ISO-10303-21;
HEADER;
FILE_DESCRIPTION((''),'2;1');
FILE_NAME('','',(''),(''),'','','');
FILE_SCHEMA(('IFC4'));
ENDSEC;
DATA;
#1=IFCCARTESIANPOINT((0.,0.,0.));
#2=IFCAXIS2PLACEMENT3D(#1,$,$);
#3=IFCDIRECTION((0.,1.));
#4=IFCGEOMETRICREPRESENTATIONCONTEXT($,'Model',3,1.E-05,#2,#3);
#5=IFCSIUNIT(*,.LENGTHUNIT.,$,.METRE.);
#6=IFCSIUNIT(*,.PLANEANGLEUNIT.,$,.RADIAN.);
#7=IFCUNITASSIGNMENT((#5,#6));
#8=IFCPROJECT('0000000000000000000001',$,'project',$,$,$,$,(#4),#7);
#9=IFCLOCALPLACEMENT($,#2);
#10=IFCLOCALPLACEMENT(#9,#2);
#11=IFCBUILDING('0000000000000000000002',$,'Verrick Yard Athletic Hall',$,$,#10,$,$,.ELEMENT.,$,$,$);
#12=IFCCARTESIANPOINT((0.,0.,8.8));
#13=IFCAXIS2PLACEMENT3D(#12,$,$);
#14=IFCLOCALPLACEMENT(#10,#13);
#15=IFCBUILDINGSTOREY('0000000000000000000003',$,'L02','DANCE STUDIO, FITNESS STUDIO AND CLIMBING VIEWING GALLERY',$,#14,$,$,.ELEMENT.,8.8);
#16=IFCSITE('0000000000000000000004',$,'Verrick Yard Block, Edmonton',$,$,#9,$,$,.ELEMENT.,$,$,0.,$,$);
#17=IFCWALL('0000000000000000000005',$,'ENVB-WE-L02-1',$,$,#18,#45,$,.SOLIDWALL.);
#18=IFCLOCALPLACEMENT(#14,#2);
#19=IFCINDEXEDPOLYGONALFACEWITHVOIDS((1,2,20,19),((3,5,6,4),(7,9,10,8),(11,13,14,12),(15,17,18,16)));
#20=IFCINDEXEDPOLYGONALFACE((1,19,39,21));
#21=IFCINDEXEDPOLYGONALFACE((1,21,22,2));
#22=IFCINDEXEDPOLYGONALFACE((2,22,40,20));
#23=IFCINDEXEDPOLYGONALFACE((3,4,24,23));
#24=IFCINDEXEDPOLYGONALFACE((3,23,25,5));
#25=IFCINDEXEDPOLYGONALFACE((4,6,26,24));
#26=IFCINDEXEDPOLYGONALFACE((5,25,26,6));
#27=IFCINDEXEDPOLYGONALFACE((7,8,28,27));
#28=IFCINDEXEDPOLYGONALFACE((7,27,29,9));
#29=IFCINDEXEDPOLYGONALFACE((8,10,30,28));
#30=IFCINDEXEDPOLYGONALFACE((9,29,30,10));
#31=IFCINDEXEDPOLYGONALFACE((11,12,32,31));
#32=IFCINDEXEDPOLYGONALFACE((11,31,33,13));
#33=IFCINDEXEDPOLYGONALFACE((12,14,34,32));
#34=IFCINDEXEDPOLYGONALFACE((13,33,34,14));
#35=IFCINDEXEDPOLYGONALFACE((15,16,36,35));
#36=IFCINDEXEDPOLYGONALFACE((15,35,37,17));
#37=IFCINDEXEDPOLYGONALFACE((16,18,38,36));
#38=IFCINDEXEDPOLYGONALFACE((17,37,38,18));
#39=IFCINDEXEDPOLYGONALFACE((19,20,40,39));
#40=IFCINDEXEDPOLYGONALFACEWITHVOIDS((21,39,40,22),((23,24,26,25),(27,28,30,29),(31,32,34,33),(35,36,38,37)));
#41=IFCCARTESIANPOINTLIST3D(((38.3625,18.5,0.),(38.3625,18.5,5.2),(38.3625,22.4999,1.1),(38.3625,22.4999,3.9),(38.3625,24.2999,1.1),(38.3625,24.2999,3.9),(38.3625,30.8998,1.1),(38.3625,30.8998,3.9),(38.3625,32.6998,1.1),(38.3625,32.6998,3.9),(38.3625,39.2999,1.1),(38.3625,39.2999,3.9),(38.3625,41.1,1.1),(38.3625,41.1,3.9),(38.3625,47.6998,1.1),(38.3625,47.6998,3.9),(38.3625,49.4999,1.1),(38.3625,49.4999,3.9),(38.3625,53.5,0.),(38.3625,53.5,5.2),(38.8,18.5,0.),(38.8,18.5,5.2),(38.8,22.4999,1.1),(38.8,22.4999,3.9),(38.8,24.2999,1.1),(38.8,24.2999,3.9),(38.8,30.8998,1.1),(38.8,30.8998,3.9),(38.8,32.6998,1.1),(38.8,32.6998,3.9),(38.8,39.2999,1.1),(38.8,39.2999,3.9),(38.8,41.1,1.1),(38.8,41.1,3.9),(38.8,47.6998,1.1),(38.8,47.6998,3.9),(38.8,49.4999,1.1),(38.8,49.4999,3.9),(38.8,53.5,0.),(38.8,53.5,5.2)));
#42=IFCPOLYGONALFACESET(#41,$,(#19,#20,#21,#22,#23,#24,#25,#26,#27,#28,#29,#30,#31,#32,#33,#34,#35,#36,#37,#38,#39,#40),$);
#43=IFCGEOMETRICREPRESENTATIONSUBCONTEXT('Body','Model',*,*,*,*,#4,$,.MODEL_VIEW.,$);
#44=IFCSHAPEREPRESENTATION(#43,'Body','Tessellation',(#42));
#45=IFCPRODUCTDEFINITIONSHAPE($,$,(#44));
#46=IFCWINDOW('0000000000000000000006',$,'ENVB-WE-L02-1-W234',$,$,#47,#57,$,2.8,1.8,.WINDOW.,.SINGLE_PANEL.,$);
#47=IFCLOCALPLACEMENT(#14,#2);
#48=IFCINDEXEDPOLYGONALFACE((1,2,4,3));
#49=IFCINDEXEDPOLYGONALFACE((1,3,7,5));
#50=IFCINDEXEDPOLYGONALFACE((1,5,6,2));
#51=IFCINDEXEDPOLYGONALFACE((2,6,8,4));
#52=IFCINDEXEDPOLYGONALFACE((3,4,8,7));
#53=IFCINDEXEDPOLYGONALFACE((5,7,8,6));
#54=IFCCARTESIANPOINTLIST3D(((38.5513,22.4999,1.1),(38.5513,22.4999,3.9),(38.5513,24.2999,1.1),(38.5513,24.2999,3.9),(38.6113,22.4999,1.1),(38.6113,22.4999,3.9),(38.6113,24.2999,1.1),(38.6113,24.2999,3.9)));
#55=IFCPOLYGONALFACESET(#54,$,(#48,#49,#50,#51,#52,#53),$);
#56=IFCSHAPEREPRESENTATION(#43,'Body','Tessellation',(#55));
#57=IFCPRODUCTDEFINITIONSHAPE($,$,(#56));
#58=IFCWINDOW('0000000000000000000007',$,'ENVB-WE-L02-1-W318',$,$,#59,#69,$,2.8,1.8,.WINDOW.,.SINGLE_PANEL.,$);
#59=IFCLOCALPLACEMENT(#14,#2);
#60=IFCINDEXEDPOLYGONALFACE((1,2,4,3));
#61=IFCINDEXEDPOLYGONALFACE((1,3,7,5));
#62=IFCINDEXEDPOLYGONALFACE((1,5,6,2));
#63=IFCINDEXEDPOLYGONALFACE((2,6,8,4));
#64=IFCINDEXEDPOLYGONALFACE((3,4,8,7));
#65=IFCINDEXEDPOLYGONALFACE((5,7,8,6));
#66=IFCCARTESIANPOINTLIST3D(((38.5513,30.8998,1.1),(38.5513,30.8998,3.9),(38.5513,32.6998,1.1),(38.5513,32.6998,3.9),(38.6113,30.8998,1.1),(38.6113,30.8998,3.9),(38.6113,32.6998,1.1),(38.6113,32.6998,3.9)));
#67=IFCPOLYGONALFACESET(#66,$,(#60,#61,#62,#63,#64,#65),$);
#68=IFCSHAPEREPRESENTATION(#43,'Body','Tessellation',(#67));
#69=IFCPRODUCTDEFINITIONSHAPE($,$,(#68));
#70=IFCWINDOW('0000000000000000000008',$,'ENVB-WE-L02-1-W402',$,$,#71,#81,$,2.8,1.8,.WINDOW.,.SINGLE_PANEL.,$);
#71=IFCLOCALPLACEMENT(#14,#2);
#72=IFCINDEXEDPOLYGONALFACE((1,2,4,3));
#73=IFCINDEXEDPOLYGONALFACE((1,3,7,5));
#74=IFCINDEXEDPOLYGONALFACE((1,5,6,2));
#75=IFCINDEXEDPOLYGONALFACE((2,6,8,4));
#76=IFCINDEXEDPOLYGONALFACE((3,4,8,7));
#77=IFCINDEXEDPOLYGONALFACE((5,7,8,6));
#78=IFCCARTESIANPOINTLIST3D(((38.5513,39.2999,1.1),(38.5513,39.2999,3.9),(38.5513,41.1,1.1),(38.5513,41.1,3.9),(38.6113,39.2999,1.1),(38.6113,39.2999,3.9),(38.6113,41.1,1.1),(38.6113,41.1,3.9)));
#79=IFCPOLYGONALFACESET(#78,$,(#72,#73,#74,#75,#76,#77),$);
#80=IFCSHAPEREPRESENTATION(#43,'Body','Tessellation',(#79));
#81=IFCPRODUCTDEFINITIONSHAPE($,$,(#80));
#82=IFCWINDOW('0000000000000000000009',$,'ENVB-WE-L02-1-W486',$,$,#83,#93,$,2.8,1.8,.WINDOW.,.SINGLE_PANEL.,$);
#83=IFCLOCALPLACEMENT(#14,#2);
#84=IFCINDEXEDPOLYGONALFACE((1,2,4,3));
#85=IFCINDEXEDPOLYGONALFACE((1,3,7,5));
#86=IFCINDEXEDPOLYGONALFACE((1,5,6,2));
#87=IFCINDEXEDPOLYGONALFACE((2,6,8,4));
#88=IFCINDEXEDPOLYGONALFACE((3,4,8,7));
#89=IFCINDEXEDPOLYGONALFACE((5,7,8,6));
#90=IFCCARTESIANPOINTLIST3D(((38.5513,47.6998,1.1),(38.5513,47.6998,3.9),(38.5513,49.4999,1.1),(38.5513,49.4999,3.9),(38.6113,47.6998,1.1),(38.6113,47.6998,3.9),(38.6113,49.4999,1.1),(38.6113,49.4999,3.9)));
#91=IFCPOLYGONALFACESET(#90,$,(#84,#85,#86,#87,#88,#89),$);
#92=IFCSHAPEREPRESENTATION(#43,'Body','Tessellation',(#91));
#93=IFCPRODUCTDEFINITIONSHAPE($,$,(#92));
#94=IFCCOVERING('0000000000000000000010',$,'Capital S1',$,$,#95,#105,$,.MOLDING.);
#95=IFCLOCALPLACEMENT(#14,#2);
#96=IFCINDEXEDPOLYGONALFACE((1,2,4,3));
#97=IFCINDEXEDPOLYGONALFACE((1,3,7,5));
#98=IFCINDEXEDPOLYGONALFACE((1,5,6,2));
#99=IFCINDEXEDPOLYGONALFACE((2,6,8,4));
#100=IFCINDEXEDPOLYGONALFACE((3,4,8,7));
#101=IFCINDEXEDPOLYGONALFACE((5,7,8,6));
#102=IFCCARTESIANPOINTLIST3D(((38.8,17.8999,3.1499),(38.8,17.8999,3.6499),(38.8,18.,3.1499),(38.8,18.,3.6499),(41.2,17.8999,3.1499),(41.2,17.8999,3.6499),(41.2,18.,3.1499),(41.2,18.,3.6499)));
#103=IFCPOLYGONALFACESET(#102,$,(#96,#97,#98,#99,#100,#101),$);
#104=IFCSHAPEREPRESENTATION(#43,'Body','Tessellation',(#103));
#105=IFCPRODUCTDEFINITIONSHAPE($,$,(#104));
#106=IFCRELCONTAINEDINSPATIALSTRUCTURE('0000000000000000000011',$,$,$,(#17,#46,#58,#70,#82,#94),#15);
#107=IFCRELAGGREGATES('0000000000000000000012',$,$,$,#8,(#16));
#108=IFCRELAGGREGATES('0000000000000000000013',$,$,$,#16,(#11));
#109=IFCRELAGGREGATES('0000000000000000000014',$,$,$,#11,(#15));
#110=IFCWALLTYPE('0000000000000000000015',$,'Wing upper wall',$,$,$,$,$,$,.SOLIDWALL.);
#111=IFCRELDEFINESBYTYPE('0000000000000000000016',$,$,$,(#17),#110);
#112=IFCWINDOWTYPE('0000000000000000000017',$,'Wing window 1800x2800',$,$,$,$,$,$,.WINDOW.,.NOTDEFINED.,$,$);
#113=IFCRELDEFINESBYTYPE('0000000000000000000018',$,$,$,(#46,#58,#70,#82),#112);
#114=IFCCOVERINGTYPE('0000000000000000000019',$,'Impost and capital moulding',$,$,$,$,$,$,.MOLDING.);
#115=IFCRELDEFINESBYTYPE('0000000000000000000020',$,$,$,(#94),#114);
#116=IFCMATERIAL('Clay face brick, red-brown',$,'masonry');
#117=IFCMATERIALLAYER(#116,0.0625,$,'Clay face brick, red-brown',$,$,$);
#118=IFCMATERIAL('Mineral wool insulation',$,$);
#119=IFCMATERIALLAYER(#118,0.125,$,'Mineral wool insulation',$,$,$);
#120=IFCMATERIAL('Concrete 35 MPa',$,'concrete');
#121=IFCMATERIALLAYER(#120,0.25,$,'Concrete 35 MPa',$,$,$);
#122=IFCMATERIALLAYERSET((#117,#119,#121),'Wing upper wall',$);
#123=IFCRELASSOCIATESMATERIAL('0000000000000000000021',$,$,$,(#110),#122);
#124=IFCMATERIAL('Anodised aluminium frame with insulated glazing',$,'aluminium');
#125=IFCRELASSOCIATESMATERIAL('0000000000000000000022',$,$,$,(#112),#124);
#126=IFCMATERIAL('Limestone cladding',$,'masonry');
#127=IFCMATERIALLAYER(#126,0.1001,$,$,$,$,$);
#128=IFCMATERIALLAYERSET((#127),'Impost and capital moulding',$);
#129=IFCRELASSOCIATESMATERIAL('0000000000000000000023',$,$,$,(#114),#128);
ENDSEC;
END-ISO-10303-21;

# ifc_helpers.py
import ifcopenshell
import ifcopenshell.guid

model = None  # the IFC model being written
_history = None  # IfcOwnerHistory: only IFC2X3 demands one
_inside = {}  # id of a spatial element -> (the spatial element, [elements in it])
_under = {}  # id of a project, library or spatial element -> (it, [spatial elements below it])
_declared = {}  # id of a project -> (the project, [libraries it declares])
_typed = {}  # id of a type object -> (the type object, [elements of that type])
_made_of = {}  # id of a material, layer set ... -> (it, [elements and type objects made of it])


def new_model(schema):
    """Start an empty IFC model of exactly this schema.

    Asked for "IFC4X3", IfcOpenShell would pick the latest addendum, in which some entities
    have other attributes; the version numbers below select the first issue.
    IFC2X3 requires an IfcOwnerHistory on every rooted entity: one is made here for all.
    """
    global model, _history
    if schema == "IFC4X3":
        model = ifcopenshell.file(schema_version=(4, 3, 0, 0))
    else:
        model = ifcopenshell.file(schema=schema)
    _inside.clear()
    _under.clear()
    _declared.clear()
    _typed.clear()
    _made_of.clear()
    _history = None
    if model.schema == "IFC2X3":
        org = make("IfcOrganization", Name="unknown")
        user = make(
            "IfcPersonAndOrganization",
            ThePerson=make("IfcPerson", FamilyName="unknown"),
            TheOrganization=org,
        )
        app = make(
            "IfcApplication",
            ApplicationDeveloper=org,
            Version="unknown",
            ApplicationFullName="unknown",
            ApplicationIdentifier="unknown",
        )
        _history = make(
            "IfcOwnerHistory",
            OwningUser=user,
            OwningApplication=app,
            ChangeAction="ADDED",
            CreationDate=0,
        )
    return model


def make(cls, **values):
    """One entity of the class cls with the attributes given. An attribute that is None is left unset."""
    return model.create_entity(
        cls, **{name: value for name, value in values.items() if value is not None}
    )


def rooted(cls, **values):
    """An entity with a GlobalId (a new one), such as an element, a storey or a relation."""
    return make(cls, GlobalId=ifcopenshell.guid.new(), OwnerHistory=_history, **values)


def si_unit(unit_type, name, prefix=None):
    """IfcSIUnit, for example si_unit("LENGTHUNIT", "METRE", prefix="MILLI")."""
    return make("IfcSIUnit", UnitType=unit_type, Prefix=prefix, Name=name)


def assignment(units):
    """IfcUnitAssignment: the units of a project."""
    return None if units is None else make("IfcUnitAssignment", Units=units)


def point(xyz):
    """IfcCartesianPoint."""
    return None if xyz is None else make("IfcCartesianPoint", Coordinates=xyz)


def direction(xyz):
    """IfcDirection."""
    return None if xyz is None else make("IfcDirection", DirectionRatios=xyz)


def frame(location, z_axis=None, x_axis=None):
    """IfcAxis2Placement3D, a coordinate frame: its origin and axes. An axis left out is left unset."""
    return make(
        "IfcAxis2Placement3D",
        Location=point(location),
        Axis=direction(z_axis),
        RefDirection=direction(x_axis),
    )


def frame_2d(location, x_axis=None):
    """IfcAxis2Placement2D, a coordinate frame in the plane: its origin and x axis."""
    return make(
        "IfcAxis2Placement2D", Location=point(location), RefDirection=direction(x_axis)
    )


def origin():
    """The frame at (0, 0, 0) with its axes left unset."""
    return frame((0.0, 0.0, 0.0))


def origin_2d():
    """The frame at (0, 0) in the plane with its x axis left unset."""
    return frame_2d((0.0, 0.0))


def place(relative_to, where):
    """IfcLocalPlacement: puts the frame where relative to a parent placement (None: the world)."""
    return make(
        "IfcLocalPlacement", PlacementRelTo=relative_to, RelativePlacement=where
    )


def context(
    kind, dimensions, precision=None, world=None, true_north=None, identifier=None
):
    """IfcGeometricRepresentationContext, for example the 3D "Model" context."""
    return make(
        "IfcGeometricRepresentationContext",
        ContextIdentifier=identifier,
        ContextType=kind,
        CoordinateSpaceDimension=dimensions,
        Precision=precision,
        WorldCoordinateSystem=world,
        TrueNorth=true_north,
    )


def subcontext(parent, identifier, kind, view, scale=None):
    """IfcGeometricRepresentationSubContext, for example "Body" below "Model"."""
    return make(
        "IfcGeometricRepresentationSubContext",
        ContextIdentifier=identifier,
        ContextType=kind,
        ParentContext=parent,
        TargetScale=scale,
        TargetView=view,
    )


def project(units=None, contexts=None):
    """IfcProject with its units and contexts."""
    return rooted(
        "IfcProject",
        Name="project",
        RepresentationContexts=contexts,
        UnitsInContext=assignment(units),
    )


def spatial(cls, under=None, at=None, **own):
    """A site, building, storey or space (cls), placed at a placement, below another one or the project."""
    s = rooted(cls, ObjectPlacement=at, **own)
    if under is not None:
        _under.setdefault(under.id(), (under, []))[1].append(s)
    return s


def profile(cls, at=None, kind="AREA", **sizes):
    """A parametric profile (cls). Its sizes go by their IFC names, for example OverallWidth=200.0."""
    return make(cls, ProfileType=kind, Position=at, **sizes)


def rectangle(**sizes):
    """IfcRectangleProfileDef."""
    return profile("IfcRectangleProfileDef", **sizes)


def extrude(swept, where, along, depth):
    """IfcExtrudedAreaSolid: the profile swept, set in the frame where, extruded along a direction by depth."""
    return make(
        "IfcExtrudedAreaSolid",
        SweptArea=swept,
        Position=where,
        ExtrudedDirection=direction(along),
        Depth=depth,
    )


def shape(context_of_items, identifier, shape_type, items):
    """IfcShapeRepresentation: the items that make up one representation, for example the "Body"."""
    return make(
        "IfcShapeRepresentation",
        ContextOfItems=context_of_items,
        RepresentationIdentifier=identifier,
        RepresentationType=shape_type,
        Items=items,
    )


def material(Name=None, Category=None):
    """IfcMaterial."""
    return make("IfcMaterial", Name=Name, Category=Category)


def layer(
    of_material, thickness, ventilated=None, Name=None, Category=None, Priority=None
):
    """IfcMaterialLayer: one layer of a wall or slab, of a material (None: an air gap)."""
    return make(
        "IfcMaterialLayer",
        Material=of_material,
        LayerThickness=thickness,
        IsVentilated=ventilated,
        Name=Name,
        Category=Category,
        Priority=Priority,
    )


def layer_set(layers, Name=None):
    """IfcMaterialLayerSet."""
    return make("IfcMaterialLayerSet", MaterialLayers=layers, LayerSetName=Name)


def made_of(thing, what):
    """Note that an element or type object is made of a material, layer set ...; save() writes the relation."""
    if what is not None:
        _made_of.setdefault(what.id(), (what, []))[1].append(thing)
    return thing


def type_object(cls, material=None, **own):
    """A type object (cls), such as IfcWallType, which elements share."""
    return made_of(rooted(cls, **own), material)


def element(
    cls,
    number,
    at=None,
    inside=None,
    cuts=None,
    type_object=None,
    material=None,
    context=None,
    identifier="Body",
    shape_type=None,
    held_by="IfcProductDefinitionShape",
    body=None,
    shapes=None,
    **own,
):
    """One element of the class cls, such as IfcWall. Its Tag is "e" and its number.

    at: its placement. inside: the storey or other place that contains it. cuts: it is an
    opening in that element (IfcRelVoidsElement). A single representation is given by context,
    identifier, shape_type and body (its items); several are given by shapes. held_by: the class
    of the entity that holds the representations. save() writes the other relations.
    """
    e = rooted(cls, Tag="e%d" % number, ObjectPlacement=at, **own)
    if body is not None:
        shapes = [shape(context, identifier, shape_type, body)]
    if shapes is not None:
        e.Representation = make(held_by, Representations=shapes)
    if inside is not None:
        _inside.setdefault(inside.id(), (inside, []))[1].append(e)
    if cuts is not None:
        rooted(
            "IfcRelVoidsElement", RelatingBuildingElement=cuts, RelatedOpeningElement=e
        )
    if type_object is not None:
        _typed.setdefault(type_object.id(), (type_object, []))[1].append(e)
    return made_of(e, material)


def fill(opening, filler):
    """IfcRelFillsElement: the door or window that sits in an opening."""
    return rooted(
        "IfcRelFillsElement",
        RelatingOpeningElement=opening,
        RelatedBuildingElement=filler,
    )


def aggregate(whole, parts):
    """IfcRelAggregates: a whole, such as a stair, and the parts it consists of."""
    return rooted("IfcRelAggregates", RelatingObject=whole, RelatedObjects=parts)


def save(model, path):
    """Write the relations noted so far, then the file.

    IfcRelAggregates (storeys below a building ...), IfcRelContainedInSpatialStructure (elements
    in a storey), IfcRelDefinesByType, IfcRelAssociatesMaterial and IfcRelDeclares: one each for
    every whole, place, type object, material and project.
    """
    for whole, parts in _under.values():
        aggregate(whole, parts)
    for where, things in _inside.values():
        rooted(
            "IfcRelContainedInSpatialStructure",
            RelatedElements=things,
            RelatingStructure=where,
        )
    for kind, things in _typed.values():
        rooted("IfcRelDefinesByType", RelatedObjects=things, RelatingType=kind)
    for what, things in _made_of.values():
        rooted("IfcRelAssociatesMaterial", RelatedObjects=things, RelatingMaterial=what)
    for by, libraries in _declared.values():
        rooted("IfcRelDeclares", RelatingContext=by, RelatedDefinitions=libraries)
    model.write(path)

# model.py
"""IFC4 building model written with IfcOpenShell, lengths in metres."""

from ifc_helpers import new_model, si_unit, direction, frame, frame_2d, origin, origin_2d, place, context, subcontext, project, spatial, rectangle, extrude, material, layer, layer_set, type_object, element, fill, save


model = new_model("IFC4")

# Units and contexts
model_context = context("Model", 3, precision=1e-05, world=origin(), true_north=direction((0.0, 1.0)))
body_context = subcontext(model_context, "Body", "Model", "MODEL_VIEW")
ifc_project = project(units=[si_unit("LENGTHUNIT", "METRE"), si_unit("PLANEANGLEUNIT", "RADIAN")], contexts=[model_context])

# Site, building, storey
site_placement = place(None, origin())
site = spatial("IfcSite", under=ifc_project, at=site_placement, Name="Verrick Yard Block, Edmonton", CompositionType="ELEMENT", RefElevation=0.0)
building_placement = place(site_placement, origin())
building = spatial("IfcBuilding", under=site, at=building_placement, Name="Verrick Yard Athletic Hall", CompositionType="ELEMENT")
storey_placement = place(building_placement, frame((0.0, 0.0, 8.8)))
storey = spatial("IfcBuildingStorey", under=building, at=storey_placement, Name="L02", Description="DANCE STUDIO, FITNESS STUDIO AND CLIMBING VIEWING GALLERY", CompositionType="ELEMENT", Elevation=8.8)

# Shared definitions
ifc_material_1 = material(Name="Concrete 35 MPa", Category="concrete")

# Wall, openings, windows
ifc_material_2 = material(Name="Clay face brick, red-brown", Category="masonry")
ifc_layer_1 = layer(ifc_material_2, 0.0625, Name="Clay face brick, red-brown")
ifc_material_3 = material(Name="Mineral wool insulation")
ifc_layer_2 = layer(ifc_material_3, 0.125, Name="Mineral wool insulation")
ifc_layer_3 = layer(ifc_material_1, 0.25, Name="Concrete 35 MPa")
ifc_layer_set_1 = layer_set([ifc_layer_1, ifc_layer_2, ifc_layer_3], Name="Wing upper wall")
wall_type = type_object("IfcWallType", Name="Wing upper wall", PredefinedType="SOLIDWALL", material=ifc_layer_set_1)
wall_placement = place(storey_placement, frame((38.5813, 18.5, 0.0), z_axis=(0.0, 0.0, 1.0), x_axis=(0.0, 1.0, 0.0)))
wall = element("IfcWall", 1, at=wall_placement, inside=storey, type_object=wall_type, Name="ENVB-WE-L02-1", PredefinedType="SOLIDWALL", context=body_context, shape_type="SweptSolid", body=[
    extrude(rectangle(XDim=35.0, YDim=0.4375, at=frame_2d((17.5, 0.0))), origin(), (0.0, 0.0, 1.0), 5.2),
])
opening_1_placement = place(wall_placement, frame((4.0, 0.0, 1.1001)))
opening_1 = element("IfcOpeningElement", 2, at=opening_1_placement, cuts=wall, PredefinedType="OPENING", context=body_context, shape_type="SweptSolid", body=[
    extrude(rectangle(XDim=1.8, YDim=2.8, at=frame_2d((0.8999, 1.3999))), frame((0.0, 0.2288, 0.0), z_axis=(0.0, -1.0, 0.0), x_axis=(1.0, 0.0, 0.0)), (0.0, 0.0, 1.0), 0.4575),
])
opening_2_placement = place(wall_placement, frame((12.3999, 0.0, 1.1001)))
opening_2 = element("IfcOpeningElement", 3, at=opening_2_placement, cuts=wall, PredefinedType="OPENING", context=body_context, shape_type="SweptSolid", body=[
    extrude(rectangle(XDim=1.8, YDim=2.8, at=frame_2d((0.8999, 1.3999))), frame((0.0, 0.2288, 0.0), z_axis=(0.0, -1.0, 0.0), x_axis=(1.0, 0.0, 0.0)), (0.0, 0.0, 1.0), 0.4575),
])
opening_3_placement = place(wall_placement, frame((20.8, 0.0, 1.1001)))
opening_3 = element("IfcOpeningElement", 4, at=opening_3_placement, cuts=wall, PredefinedType="OPENING", context=body_context, shape_type="SweptSolid", body=[
    extrude(rectangle(XDim=1.8, YDim=2.8, at=frame_2d((0.8999, 1.3999))), frame((0.0, 0.2288, 0.0), z_axis=(0.0, -1.0, 0.0), x_axis=(1.0, 0.0, 0.0)), (0.0, 0.0, 1.0), 0.4575),
])
opening_4_placement = place(wall_placement, frame((29.2, 0.0, 1.1001)))
opening_4 = element("IfcOpeningElement", 5, at=opening_4_placement, cuts=wall, PredefinedType="OPENING", context=body_context, shape_type="SweptSolid", body=[
    extrude(rectangle(XDim=1.8, YDim=2.8, at=frame_2d((0.8999, 1.3999))), frame((0.0, 0.2288, 0.0), z_axis=(0.0, -1.0, 0.0), x_axis=(1.0, 0.0, 0.0)), (0.0, 0.0, 1.0), 0.4575),
])
ifc_material_4 = material(Name="Anodised aluminium frame with insulated glazing", Category="aluminium")
window_type = type_object("IfcWindowType", Name="Wing window 1800x2800", PartitioningType="NOTDEFINED", PredefinedType="WINDOW", material=ifc_material_4)
window_1_placement = place(opening_1_placement, origin())
window_1 = element("IfcWindow", 6, at=window_1_placement, inside=storey, type_object=window_type, Name="ENVB-WE-L02-1-W234", OverallHeight=2.8, OverallWidth=1.8, PartitioningType="SINGLE_PANEL", PredefinedType="WINDOW", context=body_context, shape_type="SweptSolid", body=[
    extrude(rectangle(XDim=1.8, YDim=2.8, at=frame_2d((0.8999, 1.3999))), frame((0.0, 0.03, 0.0), z_axis=(0.0, -1.0, 0.0), x_axis=(1.0, 0.0, 0.0)), (0.0, 0.0, 1.0), 0.0601),
])
fill(opening_1, window_1)
window_2_placement = place(opening_2_placement, origin())
window_2 = element("IfcWindow", 7, at=window_2_placement, inside=storey, type_object=window_type, Name="ENVB-WE-L02-1-W318", OverallHeight=2.8, OverallWidth=1.8, PartitioningType="SINGLE_PANEL", PredefinedType="WINDOW", context=body_context, shape_type="SweptSolid", body=[
    extrude(rectangle(XDim=1.8, YDim=2.8, at=frame_2d((0.8999, 1.3999))), frame((0.0, 0.03, 0.0), z_axis=(0.0, -1.0, 0.0), x_axis=(1.0, 0.0, 0.0)), (0.0, 0.0, 1.0), 0.0601),
])
fill(opening_2, window_2)
window_3_placement = place(opening_3_placement, origin())
window_3 = element("IfcWindow", 8, at=window_3_placement, inside=storey, type_object=window_type, Name="ENVB-WE-L02-1-W402", OverallHeight=2.8, OverallWidth=1.8, PartitioningType="SINGLE_PANEL", PredefinedType="WINDOW", context=body_context, shape_type="SweptSolid", body=[
    extrude(rectangle(XDim=1.8, YDim=2.8, at=frame_2d((0.8999, 1.3999))), frame((0.0, 0.03, 0.0), z_axis=(0.0, -1.0, 0.0), x_axis=(1.0, 0.0, 0.0)), (0.0, 0.0, 1.0), 0.0601),
])
fill(opening_3, window_3)
window_4_placement = place(opening_4_placement, origin())
window_4 = element("IfcWindow", 9, at=window_4_placement, inside=storey, type_object=window_type, Name="ENVB-WE-L02-1-W486", OverallHeight=2.8, OverallWidth=1.8, PartitioningType="SINGLE_PANEL", PredefinedType="WINDOW", context=body_context, shape_type="SweptSolid", body=[
    extrude(rectangle(XDim=1.8, YDim=2.8, at=frame_2d((0.8999, 1.3999))), frame((0.0, 0.03, 0.0), z_axis=(0.0, -1.0, 0.0), x_axis=(1.0, 0.0, 0.0)), (0.0, 0.0, 1.0), 0.0601),
])
fill(opening_4, window_4)

# Covering
ifc_material_5 = material(Name="Limestone cladding", Category="masonry")
ifc_layer_4 = layer(ifc_material_5, 0.1001)
ifc_layer_set_2 = layer_set([ifc_layer_4], Name="Impost and capital moulding")
covering_type = type_object("IfcCoveringType", Name="Impost and capital moulding", PredefinedType="MOLDING", material=ifc_layer_set_2)
covering_placement = place(storey_placement, frame((40.0, 17.95, 3.1499), z_axis=(0.0, 0.0, 1.0), x_axis=(1.0, 0.0, 0.0)))
element("IfcCovering", 10, at=covering_placement, inside=storey, type_object=covering_type, Name="Capital S1", PredefinedType="MOLDING", context=body_context, shape_type="SweptSolid", body=[
    extrude(rectangle(XDim=2.3999, YDim=0.1001, at=origin_2d()), origin(), (0.0, 0.0, 1.0), 0.5),
])

save(model, "model.ifc")
